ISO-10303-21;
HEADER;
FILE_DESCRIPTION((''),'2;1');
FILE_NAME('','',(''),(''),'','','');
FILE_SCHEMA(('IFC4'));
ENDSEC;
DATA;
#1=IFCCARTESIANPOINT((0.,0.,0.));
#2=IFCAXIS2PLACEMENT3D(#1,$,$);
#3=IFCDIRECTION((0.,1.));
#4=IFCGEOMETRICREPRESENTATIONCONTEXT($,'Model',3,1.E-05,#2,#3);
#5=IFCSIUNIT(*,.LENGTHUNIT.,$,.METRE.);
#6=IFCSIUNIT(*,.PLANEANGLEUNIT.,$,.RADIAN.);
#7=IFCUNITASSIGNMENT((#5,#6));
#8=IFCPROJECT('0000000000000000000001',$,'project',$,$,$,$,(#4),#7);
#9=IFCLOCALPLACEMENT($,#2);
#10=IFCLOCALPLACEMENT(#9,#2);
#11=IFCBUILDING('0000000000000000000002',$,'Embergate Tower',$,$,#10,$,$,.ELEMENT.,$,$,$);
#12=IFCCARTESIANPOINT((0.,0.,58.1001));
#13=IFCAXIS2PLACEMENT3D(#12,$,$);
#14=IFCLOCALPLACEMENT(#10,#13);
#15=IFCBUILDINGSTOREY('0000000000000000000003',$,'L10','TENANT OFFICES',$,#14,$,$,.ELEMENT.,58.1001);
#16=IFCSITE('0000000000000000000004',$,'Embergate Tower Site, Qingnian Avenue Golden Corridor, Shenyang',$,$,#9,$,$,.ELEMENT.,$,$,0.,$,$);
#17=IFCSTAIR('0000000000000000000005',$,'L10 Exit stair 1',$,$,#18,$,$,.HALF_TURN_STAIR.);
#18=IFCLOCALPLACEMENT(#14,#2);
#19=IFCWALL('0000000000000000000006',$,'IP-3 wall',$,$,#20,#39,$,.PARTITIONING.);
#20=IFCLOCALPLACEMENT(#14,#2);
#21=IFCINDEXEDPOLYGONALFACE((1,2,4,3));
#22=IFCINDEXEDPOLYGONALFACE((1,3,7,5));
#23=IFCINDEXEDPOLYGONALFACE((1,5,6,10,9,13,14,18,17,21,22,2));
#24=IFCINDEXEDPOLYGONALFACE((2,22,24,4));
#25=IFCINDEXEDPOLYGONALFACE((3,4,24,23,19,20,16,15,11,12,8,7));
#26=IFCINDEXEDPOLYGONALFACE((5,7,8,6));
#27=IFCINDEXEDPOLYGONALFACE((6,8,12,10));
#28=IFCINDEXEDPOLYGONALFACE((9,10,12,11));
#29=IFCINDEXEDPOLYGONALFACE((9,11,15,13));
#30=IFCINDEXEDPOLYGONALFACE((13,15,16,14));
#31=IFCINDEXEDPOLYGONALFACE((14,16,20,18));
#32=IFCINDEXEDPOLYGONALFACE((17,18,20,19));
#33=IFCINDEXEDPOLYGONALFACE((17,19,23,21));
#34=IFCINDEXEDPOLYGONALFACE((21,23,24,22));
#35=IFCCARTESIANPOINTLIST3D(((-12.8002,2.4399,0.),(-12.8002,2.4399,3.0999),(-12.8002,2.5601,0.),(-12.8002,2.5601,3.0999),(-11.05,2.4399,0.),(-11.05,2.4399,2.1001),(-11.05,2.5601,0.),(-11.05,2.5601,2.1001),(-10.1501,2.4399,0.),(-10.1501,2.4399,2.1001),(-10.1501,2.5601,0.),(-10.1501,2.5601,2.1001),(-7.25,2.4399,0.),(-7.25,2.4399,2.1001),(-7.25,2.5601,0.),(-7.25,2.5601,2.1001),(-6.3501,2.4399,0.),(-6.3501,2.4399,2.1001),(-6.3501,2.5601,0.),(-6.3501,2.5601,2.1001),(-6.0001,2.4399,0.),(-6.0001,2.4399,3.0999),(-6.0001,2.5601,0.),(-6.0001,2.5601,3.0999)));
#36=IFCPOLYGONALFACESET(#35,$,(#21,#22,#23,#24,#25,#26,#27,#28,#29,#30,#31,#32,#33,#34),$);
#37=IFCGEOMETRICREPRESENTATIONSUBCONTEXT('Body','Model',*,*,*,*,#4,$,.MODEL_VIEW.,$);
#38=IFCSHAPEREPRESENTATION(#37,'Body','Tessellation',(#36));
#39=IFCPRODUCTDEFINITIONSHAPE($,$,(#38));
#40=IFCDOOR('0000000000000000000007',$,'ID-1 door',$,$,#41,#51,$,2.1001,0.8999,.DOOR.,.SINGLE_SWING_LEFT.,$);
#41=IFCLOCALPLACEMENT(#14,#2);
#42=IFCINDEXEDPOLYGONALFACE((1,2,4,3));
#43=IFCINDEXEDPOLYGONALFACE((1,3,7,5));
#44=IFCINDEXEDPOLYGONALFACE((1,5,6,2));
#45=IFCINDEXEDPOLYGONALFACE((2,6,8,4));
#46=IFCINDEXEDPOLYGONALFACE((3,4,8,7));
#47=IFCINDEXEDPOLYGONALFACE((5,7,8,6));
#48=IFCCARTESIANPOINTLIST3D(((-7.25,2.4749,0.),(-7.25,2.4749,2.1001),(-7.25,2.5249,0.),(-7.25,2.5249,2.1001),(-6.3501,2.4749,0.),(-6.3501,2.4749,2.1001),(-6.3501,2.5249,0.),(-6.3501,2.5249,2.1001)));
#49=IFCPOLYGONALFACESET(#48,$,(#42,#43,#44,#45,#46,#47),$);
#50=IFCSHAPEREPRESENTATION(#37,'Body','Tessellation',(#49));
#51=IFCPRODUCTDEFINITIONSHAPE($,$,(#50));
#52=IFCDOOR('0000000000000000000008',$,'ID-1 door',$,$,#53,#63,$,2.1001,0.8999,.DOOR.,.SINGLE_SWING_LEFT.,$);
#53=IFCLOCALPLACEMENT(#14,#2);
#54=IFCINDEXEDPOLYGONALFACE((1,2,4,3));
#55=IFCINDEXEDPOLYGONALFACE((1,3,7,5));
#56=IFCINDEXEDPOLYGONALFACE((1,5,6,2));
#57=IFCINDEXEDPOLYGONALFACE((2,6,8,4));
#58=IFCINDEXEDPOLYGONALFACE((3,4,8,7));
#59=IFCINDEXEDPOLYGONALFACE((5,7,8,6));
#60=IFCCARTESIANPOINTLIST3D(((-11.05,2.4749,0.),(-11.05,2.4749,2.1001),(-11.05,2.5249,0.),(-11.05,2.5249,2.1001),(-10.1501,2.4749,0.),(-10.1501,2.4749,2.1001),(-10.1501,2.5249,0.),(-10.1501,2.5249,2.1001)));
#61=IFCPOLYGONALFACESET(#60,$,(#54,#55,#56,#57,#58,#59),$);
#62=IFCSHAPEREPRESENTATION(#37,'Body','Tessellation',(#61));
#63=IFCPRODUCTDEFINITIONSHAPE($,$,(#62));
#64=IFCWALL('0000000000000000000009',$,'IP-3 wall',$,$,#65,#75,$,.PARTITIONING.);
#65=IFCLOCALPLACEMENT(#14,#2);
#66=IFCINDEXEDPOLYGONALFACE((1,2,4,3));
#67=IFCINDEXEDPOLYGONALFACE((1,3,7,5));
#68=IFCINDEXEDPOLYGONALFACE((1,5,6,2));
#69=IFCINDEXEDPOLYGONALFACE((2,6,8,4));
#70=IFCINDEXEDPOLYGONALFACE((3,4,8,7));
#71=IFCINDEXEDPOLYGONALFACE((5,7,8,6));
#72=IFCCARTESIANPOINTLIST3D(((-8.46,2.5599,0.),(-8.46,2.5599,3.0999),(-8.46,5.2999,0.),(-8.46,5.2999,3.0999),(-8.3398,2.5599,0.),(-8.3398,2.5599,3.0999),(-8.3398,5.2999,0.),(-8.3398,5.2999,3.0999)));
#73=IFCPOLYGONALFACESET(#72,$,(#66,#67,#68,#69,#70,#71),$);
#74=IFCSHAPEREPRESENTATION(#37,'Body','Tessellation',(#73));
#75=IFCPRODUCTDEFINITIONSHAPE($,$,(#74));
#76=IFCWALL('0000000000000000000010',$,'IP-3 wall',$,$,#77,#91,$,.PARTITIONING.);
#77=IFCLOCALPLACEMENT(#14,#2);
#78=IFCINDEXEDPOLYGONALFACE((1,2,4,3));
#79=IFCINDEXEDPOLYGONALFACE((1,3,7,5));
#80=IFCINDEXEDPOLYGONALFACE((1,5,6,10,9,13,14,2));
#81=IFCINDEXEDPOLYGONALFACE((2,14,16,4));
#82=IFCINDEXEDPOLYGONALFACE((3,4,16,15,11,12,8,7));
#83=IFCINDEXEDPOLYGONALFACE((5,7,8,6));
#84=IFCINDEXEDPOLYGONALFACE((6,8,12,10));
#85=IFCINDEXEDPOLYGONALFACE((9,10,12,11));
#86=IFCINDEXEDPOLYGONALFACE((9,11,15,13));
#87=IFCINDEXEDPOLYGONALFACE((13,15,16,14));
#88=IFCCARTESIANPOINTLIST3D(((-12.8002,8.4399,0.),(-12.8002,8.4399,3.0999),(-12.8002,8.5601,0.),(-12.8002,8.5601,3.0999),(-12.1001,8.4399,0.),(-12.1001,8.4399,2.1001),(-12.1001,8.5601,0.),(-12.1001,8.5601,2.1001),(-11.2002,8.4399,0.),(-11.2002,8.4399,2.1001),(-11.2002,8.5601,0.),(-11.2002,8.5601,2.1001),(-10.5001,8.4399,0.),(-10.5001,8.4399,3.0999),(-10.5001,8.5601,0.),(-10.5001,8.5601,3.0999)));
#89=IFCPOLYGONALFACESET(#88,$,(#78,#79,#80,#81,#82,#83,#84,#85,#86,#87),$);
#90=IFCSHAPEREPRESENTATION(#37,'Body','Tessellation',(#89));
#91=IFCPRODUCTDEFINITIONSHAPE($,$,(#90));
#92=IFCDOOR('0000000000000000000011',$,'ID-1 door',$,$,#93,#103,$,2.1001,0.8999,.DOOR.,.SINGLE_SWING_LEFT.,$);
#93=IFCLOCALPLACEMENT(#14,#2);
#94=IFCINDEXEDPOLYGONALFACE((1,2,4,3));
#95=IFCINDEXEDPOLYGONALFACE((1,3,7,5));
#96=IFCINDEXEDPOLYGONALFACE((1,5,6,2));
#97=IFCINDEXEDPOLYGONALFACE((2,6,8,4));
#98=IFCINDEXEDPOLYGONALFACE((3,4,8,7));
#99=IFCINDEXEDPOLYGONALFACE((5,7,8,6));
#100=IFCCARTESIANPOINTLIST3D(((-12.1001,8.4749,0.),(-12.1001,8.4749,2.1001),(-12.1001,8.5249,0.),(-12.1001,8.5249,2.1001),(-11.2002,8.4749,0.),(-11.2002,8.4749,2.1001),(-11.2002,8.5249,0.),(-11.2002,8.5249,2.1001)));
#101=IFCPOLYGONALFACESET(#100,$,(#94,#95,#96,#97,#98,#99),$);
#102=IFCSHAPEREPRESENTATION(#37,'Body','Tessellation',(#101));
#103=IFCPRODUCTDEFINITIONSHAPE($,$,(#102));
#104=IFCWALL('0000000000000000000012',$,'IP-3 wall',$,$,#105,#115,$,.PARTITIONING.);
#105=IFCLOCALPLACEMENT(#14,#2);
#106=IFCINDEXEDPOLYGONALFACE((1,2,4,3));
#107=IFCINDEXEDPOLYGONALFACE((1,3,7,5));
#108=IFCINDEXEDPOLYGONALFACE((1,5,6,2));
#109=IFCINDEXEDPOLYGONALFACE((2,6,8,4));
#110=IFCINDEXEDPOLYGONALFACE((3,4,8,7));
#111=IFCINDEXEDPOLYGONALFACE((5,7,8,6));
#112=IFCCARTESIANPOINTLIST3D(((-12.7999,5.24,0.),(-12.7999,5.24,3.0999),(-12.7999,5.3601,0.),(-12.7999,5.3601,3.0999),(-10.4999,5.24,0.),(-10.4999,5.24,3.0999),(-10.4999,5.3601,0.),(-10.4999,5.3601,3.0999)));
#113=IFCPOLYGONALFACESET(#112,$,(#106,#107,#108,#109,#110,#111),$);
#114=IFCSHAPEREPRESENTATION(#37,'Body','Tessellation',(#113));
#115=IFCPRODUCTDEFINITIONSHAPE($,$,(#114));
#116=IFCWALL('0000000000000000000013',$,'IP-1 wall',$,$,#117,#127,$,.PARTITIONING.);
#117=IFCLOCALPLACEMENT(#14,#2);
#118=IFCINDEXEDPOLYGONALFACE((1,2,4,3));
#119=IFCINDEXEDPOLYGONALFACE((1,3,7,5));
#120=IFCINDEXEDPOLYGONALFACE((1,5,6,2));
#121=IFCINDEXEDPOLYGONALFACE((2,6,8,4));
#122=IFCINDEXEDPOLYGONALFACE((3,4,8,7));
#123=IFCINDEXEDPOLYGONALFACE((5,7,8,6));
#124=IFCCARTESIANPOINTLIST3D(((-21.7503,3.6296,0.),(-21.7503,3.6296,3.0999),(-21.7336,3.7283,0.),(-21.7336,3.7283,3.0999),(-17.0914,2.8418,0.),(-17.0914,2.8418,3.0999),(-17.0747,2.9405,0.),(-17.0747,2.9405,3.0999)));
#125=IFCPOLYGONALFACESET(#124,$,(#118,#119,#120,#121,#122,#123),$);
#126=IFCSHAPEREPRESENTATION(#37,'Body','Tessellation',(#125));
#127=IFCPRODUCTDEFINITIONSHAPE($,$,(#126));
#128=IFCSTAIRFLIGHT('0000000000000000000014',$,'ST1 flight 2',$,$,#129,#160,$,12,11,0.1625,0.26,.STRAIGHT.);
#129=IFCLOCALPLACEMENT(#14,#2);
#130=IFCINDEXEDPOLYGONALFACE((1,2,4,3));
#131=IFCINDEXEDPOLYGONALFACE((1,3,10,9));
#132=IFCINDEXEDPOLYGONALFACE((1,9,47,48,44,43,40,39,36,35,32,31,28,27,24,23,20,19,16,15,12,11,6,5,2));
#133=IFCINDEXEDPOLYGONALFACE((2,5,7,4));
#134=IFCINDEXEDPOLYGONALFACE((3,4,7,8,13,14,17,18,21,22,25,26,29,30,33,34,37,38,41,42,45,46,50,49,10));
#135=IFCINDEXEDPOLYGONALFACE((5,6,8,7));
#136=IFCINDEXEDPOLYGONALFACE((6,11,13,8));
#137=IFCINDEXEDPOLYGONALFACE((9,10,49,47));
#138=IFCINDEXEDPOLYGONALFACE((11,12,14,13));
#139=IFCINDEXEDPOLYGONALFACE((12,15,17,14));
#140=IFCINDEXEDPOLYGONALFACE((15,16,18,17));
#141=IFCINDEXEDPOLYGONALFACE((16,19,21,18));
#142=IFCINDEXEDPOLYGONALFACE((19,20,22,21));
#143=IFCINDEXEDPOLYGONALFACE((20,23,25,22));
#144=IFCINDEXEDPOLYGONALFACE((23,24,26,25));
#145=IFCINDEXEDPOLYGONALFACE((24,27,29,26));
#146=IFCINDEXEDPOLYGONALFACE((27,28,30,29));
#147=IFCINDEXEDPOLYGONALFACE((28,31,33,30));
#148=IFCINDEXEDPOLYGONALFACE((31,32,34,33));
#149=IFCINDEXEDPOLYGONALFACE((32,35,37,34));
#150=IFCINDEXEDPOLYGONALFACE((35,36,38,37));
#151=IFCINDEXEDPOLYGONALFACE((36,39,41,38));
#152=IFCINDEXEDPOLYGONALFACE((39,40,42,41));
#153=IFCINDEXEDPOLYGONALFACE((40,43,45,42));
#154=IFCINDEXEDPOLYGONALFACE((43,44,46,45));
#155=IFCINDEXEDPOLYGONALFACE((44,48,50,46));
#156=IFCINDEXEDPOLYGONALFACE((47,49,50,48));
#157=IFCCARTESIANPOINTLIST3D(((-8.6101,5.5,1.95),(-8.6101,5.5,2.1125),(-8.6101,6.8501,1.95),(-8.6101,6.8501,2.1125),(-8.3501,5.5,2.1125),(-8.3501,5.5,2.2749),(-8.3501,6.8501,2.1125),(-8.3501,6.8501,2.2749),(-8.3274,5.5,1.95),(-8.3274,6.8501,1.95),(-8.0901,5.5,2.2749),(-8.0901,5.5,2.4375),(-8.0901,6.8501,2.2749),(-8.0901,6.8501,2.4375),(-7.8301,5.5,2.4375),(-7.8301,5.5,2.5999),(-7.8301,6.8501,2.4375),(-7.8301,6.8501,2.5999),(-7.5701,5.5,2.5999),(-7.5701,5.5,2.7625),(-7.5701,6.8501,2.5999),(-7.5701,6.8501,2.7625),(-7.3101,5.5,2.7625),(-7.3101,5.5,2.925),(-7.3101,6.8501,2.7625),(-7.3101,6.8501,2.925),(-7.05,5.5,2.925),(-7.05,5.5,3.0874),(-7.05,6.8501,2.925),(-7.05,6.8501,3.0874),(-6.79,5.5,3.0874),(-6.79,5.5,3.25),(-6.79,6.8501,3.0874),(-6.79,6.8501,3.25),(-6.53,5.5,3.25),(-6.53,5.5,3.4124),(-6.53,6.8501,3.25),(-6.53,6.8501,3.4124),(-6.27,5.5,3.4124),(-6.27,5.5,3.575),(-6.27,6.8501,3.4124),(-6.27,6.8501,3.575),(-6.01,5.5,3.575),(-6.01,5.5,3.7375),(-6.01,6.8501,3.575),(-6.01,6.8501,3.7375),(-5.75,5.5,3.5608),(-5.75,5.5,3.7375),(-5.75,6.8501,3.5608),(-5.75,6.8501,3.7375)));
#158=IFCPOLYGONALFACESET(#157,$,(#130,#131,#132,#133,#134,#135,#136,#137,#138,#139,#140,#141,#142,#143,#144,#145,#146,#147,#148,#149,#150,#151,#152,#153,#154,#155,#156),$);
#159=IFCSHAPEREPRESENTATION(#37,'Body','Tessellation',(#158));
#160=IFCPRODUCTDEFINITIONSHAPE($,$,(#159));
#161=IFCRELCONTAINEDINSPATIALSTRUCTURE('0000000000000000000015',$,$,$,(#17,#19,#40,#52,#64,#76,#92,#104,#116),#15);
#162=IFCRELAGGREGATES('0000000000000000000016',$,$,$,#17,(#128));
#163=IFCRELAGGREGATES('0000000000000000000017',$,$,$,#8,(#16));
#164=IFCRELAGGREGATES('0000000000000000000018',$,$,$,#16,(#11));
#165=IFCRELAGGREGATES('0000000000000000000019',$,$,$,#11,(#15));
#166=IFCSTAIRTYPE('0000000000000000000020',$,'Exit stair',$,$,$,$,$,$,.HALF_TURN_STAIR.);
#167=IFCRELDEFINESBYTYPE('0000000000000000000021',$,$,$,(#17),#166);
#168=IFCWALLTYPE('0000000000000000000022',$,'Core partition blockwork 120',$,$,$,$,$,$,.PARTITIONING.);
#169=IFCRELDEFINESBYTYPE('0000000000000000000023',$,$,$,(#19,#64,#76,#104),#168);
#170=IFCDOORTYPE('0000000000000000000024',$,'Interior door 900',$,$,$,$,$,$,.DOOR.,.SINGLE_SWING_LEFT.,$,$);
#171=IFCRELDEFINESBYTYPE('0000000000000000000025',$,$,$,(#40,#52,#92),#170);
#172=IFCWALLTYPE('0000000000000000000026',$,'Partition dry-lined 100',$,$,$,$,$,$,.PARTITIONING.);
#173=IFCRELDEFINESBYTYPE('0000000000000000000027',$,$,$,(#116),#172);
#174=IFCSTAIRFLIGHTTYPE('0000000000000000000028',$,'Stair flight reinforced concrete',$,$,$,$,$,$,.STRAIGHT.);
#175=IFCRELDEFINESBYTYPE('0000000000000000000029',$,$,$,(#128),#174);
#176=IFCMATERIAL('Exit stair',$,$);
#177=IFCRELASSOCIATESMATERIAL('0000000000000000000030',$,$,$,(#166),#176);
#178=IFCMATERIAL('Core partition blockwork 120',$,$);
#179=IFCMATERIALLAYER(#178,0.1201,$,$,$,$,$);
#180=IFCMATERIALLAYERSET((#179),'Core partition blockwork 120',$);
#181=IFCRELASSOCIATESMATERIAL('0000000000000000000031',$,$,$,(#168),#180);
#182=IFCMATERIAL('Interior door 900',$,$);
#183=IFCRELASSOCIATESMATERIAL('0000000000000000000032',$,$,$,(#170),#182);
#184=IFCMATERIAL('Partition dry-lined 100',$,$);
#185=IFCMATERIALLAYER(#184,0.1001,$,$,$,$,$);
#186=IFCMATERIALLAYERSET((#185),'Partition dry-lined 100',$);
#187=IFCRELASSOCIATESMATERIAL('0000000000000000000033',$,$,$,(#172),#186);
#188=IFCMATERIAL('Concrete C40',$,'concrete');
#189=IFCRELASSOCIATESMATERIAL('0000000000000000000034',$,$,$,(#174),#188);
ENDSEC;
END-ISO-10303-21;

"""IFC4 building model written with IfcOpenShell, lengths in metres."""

from ifc_helpers import new_model, si_unit, direction, frame, frame_2d, origin, place, context, subcontext, project, spatial, polyline, rectangle, outline, extrude, source, transform, mapped, material, layer, layer_set, type_object, element, fill, aggregate, save


model = new_model("IFC4")

# Units and contexts
model_context = context("Model", 3, precision=1e-05, world=origin(), true_north=direction((0.0, 1.0)))
body_context = subcontext(model_context, "Body", "Model", "MODEL_VIEW")
ifc_project = project(units=[si_unit("LENGTHUNIT", "METRE"), si_unit("PLANEANGLEUNIT", "RADIAN")], contexts=[model_context])

# Site, building, storey
site_placement = place(None, origin())
site = spatial("IfcSite", under=ifc_project, at=site_placement, Name="Embergate Tower Site, Qingnian Avenue Golden Corridor, Shenyang", CompositionType="ELEMENT", RefElevation=0.0)
building_placement = place(site_placement, origin())
building = spatial("IfcBuilding", under=site, at=building_placement, Name="Embergate Tower", CompositionType="ELEMENT")
storey_placement = place(building_placement, frame((0.0, 0.0, 58.1001)))
storey = spatial("IfcBuildingStorey", under=building, at=storey_placement, Name="L10", Description="TENANT OFFICES", CompositionType="ELEMENT", Elevation=58.1001)

# Stair
ifc_material_1 = material(Name="Exit stair")
stair_type = type_object("IfcStairType", Name="Exit stair", PredefinedType="HALF_TURN_STAIR", material=ifc_material_1)
stair_placement = place(storey_placement, origin())
stair = element("IfcStair", 1, at=stair_placement, inside=storey, type_object=stair_type, Name="L10 Exit stair 1", PredefinedType="HALF_TURN_STAIR")
ifc_material_2 = material(Name="Concrete C40", Category="concrete")

# Wall, openings, doors
ifc_material_3 = material(Name="Core partition blockwork 120")
ifc_layer_1 = layer(ifc_material_3, 0.1201)
ifc_layer_set_1 = layer_set([ifc_layer_1], Name="Core partition blockwork 120")
wall_type_1 = type_object("IfcWallType", Name="Core partition blockwork 120", PredefinedType="PARTITIONING", material=ifc_layer_set_1)
shared_shape_1 = source(origin(), body_context, "Body", "SweptSolid", [
    extrude(rectangle(XDim=6.8, YDim=0.1201, at=frame_2d((3.3999, 0.0))), origin(), (0.0, 0.0, 1.0), 3.0999),
])
wall_1_placement = place(storey_placement, frame((-12.8, 2.5, 0.0), z_axis=(0.0, 0.0, 1.0), x_axis=(1.0, 0.0, 0.0)))
wall_1 = element("IfcWall", 2, at=wall_1_placement, inside=storey, type_object=wall_type_1, Name="IP-3 wall", PredefinedType="PARTITIONING", context=body_context, shape_type="MappedRepresentation", body=[
    mapped(shared_shape_1, transform((0.0, 0.0, 0.0))),
])
shared_shape_2 = source(origin(), body_context, "Body", "SweptSolid", [
    extrude(rectangle(XDim=0.8999, YDim=2.1001, at=frame_2d((0.45, 1.05))), frame((0.0, 0.0701, 0.0), z_axis=(0.0, -1.0, 0.0), x_axis=(1.0, 0.0, 0.0)), (0.0, 0.0, 1.0), 0.1401),
])
opening_1_placement = place(wall_1_placement, frame((5.55, 0.0, 0.0)))
opening_1 = element("IfcOpeningElement", 3, at=opening_1_placement, cuts=wall_1, PredefinedType="OPENING", context=body_context, shape_type="MappedRepresentation", body=[
    mapped(shared_shape_2, transform((0.0, 0.0, 0.0))),
])
opening_2_placement = place(wall_1_placement, frame((1.75, 0.0, 0.0)))
opening_2 = element("IfcOpeningElement", 4, at=opening_2_placement, cuts=wall_1, PredefinedType="OPENING", context=body_context, shape_type="MappedRepresentation", body=[
    mapped(shared_shape_2, transform((0.0, 0.0, 0.0))),
])
ifc_material_4 = material(Name="Interior door 900")
door_type_1 = type_object("IfcDoorType", Name="Interior door 900", OperationType="SINGLE_SWING_LEFT", PredefinedType="DOOR", material=ifc_material_4)
shared_shape_3 = source(origin(), body_context, "Body", "SweptSolid", [
    extrude(rectangle(XDim=0.8999, YDim=2.1001, at=frame_2d((0.45, 1.05))), frame((0.0, 0.0249, 0.0), z_axis=(0.0, -1.0, 0.0), x_axis=(1.0, 0.0, 0.0)), (0.0, 0.0, 1.0), 0.05),
])
door_1_placement = place(opening_1_placement, origin())
door_1 = element("IfcDoor", 5, at=door_1_placement, inside=storey, type_object=door_type_1, Name="ID-1 door", OperationType="SINGLE_SWING_LEFT", OverallHeight=2.1001, OverallWidth=0.8999, PredefinedType="DOOR", context=body_context, shape_type="MappedRepresentation", body=[
    mapped(shared_shape_3, transform((0.0, 0.0, 0.0))),
])
fill(opening_1, door_1)
door_2_placement = place(opening_2_placement, origin())
door_2 = element("IfcDoor", 6, at=door_2_placement, inside=storey, type_object=door_type_1, Name="ID-1 door", OperationType="SINGLE_SWING_LEFT", OverallHeight=2.1001, OverallWidth=0.8999, PredefinedType="DOOR", context=body_context, shape_type="MappedRepresentation", body=[
    mapped(shared_shape_3, transform((0.0, 0.0, 0.0))),
])
fill(opening_2, door_2)

# Wall
shared_shape_4 = source(origin(), body_context, "Body", "SweptSolid", [
    extrude(rectangle(XDim=2.74, YDim=0.1201, at=frame_2d((1.3701, 0.0))), origin(), (0.0, 0.0, 1.0), 3.0999),
])
wall_2_placement = place(storey_placement, frame((-8.3999, 5.3, 0.0), z_axis=(0.0, 0.0, 1.0), x_axis=(0.0, -1.0, 0.0)))
element("IfcWall", 7, at=wall_2_placement, inside=storey, type_object=wall_type_1, Name="IP-3 wall", PredefinedType="PARTITIONING", context=body_context, shape_type="MappedRepresentation", body=[
    mapped(shared_shape_4, transform((0.0, 0.0, 0.0))),
])

# Wall, opening, door
shared_shape_5 = source(origin(), body_context, "Body", "SweptSolid", [
    extrude(rectangle(XDim=2.3, YDim=0.1201, at=frame_2d((1.1499, 0.0))), origin(), (0.0, 0.0, 1.0), 3.0999),
])
wall_3_placement = place(storey_placement, frame((-12.8, 8.5, 0.0), z_axis=(0.0, 0.0, 1.0), x_axis=(1.0, 0.0, 0.0)))
wall_3 = element("IfcWall", 8, at=wall_3_placement, inside=storey, type_object=wall_type_1, Name="IP-3 wall", PredefinedType="PARTITIONING", context=body_context, shape_type="MappedRepresentation", body=[
    mapped(shared_shape_5, transform((0.0, 0.0, 0.0))),
])
opening_3_placement = place(wall_3_placement, frame((0.7, 0.0, 0.0)))
opening_3 = element("IfcOpeningElement", 9, at=opening_3_placement, cuts=wall_3, PredefinedType="OPENING", context=body_context, shape_type="MappedRepresentation", body=[
    mapped(shared_shape_2, transform((0.0, 0.0, 0.0))),
])
door_3_placement = place(opening_3_placement, origin())
door_3 = element("IfcDoor", 10, at=door_3_placement, inside=storey, type_object=door_type_1, Name="ID-1 door", OperationType="SINGLE_SWING_LEFT", OverallHeight=2.1001, OverallWidth=0.8999, PredefinedType="DOOR", context=body_context, shape_type="MappedRepresentation", body=[
    mapped(shared_shape_3, transform((0.0, 0.0, 0.0))),
])
fill(opening_3, door_3)

# Walls
wall_4_placement = place(storey_placement, frame((-10.5, 5.3, 0.0), z_axis=(0.0, 0.0, 1.0), x_axis=(-1.0, 0.0, 0.0)))
element("IfcWall", 11, at=wall_4_placement, inside=storey, type_object=wall_type_1, Name="IP-3 wall", PredefinedType="PARTITIONING", context=body_context, shape_type="MappedRepresentation", body=[
    mapped(shared_shape_5, transform((0.0, 0.0, 0.0))),
])
ifc_material_5 = material(Name="Partition dry-lined 100")
ifc_layer_2 = layer(ifc_material_5, 0.1001)
ifc_layer_set_2 = layer_set([ifc_layer_2], Name="Partition dry-lined 100")
wall_type_2 = type_object("IfcWallType", Name="Partition dry-lined 100", PredefinedType="PARTITIONING", material=ifc_layer_set_2)
shared_shape_6 = source(origin(), body_context, "Body", "SweptSolid", [
    extrude(rectangle(XDim=4.7251, YDim=0.1001, at=frame_2d((2.3625, 0.0))), origin(), (0.0, 0.0, 1.0), 3.0999),
])
wall_5_placement = place(storey_placement, frame((-17.083, 2.8911, 0.0), z_axis=(0.0, 0.0, 1.0), x_axis=(-0.986002, 0.166736, 0.0)))
element("IfcWall", 12, at=wall_5_placement, inside=storey, type_object=wall_type_2, Name="IP-1 wall", PredefinedType="PARTITIONING", context=body_context, shape_type="MappedRepresentation", body=[
    mapped(shared_shape_6, transform((0.0, 0.0, 0.0))),
])

# Stair flight
stair_flight_type = type_object("IfcStairFlightType", Name="Stair flight reinforced concrete", PredefinedType="STRAIGHT", material=ifc_material_2)
shared_shape_7 = source(origin(), body_context, "Body", "SweptSolid", [
    extrude(outline(polyline([(0.0, 0.0), (0.0, 0.1626), (0.26, 0.1626), (0.26, 0.325), (0.52, 0.325), (0.52, 0.4875), (0.78, 0.4875), (0.78, 0.6499), (1.04, 0.6499), (1.04, 0.8125), (1.3, 0.8125), (1.3, 0.9751), (1.5601, 0.9751), (1.5601, 1.1375), (1.8201, 1.1375), (1.8201, 1.3), (2.0801, 1.3), (2.0801, 1.4624), (2.3401, 1.4624), (2.3401, 1.625), (2.6001, 1.625), (2.6001, 1.7876), (2.8601, 1.7876), (2.8601, 1.95), (2.8601, 1.6108), (0.2827, 0.0), (0.0, 0.0)])), frame((0.0, 0.675, 0.0), z_axis=(0.0, -1.0, 0.0), x_axis=(1.0, 0.0, 0.0)), (0.0, 0.0, 1.0), 1.3501),
])
stair_flight_placement = place(storey_placement, frame((-8.6101, 6.175, 1.95), z_axis=(0.0, 0.0, 1.0), x_axis=(1.0, 0.0, 0.0)))
stair_flight = element("IfcStairFlight", 13, at=stair_flight_placement, type_object=stair_flight_type, Name="ST1 flight 2", NumberOfRisers=12, NumberOfTreads=11, PredefinedType="STRAIGHT", RiserHeight=0.1625, TreadLength=0.26, context=body_context, shape_type="MappedRepresentation", body=[
    mapped(shared_shape_7, transform((0.0, 0.0, 0.0))),
])
aggregate(stair, [stair_flight])

save(model, "model.ifc")
